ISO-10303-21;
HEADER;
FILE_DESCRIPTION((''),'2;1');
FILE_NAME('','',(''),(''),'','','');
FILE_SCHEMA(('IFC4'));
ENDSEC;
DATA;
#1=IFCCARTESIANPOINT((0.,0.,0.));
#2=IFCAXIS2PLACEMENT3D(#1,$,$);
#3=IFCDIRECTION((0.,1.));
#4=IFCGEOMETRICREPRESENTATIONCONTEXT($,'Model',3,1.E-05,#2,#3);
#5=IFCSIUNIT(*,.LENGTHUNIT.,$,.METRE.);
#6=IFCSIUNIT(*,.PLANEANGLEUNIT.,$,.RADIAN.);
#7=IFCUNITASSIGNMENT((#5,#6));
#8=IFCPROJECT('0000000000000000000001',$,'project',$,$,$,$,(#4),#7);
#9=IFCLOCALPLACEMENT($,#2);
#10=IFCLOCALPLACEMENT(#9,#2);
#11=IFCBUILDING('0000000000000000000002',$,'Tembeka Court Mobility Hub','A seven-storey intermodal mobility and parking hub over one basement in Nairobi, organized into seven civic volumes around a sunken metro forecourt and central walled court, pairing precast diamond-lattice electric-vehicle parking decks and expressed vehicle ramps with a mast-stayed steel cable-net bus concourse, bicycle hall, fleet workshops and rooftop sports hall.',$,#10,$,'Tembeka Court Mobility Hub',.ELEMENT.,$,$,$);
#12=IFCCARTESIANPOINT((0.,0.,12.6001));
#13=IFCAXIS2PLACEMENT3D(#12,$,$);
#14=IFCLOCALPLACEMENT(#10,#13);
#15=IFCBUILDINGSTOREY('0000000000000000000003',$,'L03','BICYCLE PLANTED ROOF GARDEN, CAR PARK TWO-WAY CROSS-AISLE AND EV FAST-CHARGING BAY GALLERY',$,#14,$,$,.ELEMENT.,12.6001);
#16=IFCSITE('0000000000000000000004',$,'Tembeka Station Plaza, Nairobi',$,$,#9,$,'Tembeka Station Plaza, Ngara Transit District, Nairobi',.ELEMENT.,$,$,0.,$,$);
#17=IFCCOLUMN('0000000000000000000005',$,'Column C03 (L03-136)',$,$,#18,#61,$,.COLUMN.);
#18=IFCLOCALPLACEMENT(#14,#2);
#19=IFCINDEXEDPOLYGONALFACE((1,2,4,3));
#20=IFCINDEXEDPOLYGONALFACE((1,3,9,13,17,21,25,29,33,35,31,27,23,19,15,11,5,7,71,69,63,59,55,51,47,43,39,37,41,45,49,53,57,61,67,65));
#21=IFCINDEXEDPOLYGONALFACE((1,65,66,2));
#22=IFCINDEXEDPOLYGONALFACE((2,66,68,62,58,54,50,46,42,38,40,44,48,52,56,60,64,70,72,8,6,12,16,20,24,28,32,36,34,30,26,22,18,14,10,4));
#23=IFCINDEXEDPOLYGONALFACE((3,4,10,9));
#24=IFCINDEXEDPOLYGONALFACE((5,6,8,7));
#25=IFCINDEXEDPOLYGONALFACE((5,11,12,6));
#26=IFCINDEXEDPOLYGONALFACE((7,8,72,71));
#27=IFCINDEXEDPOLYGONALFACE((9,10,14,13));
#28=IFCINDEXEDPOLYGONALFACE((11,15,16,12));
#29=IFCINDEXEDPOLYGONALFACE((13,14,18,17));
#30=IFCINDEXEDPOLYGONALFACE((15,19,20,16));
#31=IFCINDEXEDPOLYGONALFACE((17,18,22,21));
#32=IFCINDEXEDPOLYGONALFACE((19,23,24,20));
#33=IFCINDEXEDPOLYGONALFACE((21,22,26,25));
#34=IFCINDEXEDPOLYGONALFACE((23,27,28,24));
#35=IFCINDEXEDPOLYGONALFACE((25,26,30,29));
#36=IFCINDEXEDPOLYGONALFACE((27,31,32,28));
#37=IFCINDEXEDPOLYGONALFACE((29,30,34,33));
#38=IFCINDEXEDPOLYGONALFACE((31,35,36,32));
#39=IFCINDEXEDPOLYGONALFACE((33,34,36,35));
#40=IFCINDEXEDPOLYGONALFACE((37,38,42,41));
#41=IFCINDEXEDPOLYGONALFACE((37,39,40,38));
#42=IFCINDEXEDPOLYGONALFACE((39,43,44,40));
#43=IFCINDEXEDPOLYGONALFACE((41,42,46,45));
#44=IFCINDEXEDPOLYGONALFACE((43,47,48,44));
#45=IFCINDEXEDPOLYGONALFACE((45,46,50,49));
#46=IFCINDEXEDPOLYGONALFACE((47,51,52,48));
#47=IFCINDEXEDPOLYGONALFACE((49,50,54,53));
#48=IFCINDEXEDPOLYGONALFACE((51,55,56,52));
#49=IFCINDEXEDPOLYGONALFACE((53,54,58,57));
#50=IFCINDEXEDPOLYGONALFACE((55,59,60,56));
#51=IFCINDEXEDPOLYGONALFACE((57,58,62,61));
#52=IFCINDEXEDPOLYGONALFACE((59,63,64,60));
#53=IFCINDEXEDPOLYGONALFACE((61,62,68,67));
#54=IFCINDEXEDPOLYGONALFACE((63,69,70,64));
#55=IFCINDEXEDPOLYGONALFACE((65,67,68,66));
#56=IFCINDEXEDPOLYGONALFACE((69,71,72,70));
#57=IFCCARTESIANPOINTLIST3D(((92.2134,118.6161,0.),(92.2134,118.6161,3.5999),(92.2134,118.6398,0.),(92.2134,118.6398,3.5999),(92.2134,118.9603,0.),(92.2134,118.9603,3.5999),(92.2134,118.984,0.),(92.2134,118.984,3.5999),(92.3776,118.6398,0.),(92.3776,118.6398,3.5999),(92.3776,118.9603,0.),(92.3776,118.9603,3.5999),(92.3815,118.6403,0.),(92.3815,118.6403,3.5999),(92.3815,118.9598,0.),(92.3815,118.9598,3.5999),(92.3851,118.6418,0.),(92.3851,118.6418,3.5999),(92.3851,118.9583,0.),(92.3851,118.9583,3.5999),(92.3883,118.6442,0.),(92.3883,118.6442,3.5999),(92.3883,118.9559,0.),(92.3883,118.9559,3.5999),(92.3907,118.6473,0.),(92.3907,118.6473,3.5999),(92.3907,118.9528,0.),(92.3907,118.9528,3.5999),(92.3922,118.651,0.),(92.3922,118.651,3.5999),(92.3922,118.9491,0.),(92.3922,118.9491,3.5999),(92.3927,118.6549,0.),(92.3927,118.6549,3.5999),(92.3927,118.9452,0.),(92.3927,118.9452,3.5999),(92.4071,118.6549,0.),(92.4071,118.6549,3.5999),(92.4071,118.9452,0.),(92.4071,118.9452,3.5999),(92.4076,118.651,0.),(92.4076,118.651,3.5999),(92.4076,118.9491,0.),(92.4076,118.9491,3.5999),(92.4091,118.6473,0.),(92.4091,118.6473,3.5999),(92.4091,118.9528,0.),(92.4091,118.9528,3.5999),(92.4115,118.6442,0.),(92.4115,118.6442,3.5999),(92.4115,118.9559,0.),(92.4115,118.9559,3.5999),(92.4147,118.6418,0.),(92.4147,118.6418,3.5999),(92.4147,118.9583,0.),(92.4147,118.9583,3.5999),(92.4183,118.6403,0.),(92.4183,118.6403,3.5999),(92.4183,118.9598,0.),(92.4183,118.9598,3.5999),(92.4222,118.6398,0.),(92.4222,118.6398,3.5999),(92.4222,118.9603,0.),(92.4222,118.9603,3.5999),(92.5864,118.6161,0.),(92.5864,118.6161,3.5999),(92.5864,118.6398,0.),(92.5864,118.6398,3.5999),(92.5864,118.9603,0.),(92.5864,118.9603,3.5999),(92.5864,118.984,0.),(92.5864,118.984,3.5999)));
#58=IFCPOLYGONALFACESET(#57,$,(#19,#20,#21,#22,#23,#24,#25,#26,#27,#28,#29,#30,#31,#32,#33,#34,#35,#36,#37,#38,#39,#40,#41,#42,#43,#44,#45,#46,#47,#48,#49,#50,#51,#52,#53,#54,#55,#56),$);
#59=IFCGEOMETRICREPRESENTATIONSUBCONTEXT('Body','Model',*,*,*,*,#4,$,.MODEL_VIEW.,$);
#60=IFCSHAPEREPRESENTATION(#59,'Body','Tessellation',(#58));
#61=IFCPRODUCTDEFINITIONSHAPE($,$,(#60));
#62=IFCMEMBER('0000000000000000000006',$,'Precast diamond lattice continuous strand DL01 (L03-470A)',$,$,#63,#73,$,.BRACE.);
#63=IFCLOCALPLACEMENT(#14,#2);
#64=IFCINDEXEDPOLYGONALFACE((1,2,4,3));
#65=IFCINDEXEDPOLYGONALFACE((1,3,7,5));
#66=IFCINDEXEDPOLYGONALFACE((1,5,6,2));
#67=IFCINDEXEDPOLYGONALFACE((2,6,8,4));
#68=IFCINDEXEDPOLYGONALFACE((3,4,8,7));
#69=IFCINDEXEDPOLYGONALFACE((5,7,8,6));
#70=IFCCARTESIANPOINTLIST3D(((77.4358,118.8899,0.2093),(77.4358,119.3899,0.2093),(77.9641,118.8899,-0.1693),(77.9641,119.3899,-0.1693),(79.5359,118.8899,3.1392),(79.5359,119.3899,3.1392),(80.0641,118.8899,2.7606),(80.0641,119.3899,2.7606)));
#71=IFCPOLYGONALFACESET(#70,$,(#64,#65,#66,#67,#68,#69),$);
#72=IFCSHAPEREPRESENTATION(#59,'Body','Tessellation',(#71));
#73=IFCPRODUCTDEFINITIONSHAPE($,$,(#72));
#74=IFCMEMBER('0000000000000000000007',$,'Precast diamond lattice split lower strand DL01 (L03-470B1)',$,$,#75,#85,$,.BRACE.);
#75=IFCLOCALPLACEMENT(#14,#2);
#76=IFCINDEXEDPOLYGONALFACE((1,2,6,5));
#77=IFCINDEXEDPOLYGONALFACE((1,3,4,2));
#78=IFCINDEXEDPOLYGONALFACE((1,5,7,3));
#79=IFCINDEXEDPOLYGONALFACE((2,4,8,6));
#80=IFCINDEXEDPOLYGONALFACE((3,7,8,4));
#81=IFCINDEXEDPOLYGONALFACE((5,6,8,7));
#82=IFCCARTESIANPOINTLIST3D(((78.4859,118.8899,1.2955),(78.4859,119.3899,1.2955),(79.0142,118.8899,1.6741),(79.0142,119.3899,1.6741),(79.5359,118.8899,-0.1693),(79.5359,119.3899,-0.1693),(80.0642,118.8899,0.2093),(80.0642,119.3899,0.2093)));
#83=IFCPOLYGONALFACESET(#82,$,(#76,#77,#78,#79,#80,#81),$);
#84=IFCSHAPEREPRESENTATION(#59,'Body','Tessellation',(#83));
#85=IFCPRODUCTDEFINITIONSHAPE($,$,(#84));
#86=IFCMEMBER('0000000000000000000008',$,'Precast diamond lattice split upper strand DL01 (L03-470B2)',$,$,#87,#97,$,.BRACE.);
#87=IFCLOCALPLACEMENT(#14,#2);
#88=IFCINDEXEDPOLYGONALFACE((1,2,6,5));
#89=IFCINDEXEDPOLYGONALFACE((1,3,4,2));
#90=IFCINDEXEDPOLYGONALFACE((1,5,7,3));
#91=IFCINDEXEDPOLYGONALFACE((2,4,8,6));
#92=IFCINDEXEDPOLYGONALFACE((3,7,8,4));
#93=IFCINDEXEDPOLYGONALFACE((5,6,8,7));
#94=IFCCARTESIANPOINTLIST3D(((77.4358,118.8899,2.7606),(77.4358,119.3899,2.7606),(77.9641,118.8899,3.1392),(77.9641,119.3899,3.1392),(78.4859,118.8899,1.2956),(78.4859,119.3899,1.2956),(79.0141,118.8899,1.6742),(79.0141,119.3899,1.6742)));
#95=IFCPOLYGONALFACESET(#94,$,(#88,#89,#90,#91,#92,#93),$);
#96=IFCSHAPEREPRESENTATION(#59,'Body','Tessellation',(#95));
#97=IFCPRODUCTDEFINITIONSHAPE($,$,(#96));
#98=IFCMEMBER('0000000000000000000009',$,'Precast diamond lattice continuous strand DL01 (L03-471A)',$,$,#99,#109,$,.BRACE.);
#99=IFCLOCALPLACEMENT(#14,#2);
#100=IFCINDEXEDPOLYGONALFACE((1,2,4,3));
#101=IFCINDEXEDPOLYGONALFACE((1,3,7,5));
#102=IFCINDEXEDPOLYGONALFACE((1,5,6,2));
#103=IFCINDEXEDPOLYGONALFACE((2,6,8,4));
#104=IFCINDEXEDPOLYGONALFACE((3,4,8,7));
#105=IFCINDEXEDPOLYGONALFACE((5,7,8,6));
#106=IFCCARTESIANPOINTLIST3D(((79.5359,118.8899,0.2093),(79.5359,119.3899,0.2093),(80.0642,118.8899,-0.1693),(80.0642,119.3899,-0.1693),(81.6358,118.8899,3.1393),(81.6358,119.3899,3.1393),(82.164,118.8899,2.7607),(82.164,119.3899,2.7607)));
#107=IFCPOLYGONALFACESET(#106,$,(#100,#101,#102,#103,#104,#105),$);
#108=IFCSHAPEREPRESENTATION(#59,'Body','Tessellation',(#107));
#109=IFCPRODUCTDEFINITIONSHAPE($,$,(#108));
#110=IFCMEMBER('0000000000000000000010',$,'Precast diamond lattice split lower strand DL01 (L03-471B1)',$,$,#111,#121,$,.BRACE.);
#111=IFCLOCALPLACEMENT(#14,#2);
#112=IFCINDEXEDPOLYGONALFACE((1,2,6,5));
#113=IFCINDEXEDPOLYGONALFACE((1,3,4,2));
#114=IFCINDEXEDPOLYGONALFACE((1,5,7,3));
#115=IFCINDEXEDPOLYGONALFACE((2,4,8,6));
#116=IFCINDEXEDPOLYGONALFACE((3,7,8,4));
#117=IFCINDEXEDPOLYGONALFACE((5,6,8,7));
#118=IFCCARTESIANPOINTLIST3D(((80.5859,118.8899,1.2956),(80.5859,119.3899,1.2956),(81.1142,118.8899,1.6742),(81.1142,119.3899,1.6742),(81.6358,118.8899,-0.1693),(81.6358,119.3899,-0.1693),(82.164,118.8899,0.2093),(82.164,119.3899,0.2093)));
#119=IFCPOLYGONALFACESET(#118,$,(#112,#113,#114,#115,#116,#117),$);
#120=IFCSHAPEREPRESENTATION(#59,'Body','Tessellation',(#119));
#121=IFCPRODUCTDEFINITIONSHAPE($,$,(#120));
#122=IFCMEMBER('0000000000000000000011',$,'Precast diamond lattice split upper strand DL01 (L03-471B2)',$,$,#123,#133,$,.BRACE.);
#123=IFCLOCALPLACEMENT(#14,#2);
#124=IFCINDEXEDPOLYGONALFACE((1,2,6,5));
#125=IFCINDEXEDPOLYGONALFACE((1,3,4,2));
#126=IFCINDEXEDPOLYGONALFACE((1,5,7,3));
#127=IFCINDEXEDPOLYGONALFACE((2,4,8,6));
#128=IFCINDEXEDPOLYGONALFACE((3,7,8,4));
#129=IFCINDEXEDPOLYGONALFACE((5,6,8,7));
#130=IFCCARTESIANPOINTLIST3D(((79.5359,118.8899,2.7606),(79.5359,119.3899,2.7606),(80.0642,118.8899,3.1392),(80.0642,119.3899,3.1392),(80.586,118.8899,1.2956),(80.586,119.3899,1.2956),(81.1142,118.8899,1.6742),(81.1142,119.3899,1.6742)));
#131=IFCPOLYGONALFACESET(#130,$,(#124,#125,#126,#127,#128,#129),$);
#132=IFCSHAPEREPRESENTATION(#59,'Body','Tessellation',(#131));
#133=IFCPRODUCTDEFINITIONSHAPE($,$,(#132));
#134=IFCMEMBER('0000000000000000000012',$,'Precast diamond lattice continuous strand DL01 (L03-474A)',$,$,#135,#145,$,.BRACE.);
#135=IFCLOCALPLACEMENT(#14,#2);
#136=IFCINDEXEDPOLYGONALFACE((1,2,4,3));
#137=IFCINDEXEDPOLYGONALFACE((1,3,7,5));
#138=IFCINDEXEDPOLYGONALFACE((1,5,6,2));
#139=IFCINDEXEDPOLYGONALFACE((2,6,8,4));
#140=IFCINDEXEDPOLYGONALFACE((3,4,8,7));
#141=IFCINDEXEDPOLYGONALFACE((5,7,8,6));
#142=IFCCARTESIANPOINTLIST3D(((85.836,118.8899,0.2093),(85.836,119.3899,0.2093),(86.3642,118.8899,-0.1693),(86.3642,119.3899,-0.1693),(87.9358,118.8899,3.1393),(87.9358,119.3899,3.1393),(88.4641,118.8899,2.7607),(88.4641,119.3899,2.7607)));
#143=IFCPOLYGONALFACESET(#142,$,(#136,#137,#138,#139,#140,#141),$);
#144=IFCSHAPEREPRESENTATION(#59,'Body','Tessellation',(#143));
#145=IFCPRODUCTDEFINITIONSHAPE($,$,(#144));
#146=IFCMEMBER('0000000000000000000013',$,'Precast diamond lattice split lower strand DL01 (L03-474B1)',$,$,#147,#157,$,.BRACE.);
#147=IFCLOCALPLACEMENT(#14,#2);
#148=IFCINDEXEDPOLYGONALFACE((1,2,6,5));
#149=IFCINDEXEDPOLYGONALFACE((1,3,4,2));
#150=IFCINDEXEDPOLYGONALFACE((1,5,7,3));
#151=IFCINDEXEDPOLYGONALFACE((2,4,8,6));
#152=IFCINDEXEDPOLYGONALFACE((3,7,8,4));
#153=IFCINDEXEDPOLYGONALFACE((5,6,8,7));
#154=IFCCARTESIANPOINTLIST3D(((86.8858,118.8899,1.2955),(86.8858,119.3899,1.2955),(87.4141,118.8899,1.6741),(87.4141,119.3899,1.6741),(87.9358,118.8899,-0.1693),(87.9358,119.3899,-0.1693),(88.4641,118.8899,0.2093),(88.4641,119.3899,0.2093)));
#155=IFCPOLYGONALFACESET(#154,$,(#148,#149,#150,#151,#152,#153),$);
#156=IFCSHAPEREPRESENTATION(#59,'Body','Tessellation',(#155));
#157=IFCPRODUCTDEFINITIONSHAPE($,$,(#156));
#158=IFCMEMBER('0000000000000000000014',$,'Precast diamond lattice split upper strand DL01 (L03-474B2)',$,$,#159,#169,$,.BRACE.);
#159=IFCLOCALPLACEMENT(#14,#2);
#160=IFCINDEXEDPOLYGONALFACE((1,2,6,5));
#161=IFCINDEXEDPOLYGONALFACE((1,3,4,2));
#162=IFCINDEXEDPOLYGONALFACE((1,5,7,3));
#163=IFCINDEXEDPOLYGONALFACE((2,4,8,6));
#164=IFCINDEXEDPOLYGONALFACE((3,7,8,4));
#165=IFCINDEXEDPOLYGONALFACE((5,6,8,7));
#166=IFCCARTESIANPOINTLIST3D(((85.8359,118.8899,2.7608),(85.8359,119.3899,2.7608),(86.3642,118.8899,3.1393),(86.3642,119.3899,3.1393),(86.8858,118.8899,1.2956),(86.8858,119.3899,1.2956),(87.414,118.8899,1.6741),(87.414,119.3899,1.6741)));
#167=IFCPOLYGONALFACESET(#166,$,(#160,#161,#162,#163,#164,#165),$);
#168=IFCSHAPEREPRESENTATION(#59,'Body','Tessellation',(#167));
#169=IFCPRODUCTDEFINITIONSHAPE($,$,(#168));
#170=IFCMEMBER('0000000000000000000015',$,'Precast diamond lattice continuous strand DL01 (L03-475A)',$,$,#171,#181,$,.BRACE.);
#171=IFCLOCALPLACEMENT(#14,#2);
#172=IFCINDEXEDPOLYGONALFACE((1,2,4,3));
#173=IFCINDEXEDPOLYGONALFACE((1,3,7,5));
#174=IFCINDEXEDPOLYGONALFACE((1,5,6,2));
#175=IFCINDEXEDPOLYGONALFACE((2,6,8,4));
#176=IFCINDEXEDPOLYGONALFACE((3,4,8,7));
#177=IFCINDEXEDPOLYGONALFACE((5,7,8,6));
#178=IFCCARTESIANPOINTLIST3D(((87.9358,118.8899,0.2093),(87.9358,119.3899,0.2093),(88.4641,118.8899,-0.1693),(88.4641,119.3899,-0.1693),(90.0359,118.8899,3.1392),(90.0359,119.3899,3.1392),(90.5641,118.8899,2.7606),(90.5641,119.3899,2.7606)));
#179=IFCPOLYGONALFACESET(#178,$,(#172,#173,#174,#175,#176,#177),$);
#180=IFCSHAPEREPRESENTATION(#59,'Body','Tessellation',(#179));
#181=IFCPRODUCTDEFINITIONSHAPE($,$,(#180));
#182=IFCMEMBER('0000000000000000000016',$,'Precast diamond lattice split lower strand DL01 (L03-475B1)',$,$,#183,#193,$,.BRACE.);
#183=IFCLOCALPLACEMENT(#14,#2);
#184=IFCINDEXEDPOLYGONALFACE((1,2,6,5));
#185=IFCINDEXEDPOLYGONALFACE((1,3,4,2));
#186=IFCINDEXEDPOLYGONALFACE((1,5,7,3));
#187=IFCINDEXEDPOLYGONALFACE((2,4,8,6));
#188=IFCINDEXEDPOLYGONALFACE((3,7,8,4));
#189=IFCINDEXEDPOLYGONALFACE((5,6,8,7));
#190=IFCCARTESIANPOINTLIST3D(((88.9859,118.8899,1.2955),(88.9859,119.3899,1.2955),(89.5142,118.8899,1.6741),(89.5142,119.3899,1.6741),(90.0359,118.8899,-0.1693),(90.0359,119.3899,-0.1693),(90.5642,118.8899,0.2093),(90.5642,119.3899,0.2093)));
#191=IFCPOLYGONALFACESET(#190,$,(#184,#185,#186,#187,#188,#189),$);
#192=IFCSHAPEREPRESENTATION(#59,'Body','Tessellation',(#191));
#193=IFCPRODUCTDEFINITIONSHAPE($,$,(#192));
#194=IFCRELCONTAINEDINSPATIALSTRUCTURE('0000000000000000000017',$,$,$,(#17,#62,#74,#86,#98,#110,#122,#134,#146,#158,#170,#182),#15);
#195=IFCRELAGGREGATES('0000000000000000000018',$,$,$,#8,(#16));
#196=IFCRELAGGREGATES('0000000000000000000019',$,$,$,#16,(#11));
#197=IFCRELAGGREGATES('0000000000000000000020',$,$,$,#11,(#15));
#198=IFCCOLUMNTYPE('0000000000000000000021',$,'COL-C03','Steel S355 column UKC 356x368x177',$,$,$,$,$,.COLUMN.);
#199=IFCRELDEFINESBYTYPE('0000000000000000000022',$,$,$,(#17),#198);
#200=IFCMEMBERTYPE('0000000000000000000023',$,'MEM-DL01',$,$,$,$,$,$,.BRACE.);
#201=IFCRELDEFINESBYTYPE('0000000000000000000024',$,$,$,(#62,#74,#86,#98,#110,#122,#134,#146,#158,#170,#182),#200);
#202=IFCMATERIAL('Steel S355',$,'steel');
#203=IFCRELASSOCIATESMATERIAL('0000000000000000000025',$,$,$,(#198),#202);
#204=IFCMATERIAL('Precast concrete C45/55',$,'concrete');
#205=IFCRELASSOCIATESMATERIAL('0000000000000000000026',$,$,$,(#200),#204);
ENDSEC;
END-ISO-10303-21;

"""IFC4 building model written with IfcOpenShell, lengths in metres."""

from ifc_helpers import new_model, si_unit, direction, frame, origin, origin_2d, place, context, subcontext, project, spatial, rectangle, i_section, extrude, material, material_profile, profile_set, type_object, element, save


model = new_model("IFC4")

# Units and contexts
model_context = context("Model", 3, precision=1e-05, world=origin(), true_north=direction((0.0, 1.0)))
body_context = subcontext(model_context, "Body", "Model", "MODEL_VIEW")
ifc_project = project(units=[si_unit("LENGTHUNIT", "METRE"), si_unit("PLANEANGLEUNIT", "RADIAN")], contexts=[model_context])

# Site, building, storey
site_placement = place(None, origin())
site = spatial("IfcSite", under=ifc_project, at=site_placement, Name="Tembeka Station Plaza, Nairobi", LongName="Tembeka Station Plaza, Ngara Transit District, Nairobi", CompositionType="ELEMENT", RefElevation=0.0)
building_placement = place(site_placement, origin())
building = spatial("IfcBuilding", under=site, at=building_placement, Name="Tembeka Court Mobility Hub", Description="A seven-storey intermodal mobility and parking hub over one basement in Nairobi, organized into seven civic volumes around a sunken metro forecourt and central walled court, pairing precast diamond-lattice electric-vehicle parking decks and expressed vehicle ramps with a mast-stayed steel cable-net bus concourse, bicycle hall, fleet workshops and rooftop sports hall.", LongName="Tembeka Court Mobility Hub", CompositionType="ELEMENT")
storey_placement = place(building_placement, frame((0.0, 0.0, 12.6001)))
storey = spatial("IfcBuildingStorey", under=building, at=storey_placement, Name="L03", Description="BICYCLE PLANTED ROOF GARDEN, CAR PARK TWO-WAY CROSS-AISLE AND EV FAST-CHARGING BAY GALLERY", CompositionType="ELEMENT", Elevation=12.6001)

# Column
ifc_material_1 = material(Name="Steel S355", Category="steel")
ifc_material_profile_1 = material_profile(ifc_material_1, i_section(OverallWidth=0.373, OverallDepth=0.3679, WebThickness=0.0144, FlangeThickness=0.0237, FilletRadius=0.0151, at=origin_2d()), Name="UKC 356x368x177")
ifc_profile_set_1 = profile_set([ifc_material_profile_1], Name="Steel S355")
column_type = type_object("IfcColumnType", Name="COL-C03", Description="Steel S355 column UKC 356x368x177", PredefinedType="COLUMN", material=ifc_profile_set_1)
column_placement = place(storey_placement, frame((92.3999, 118.8, 0.0), z_axis=(0.0, 0.0, 1.0), x_axis=(1.0, 0.0, 0.0)))
element("IfcColumn", 1, at=column_placement, inside=storey, type_object=column_type, Name="Column C03 (L03-136)", PredefinedType="COLUMN", context=body_context, shape_type="SweptSolid", body=[
    extrude(i_section(OverallWidth=0.373, OverallDepth=0.3679, WebThickness=0.0144, FlangeThickness=0.0237, FilletRadius=0.0151, at=origin_2d()), origin(), (0.0, 0.0, 1.0), 3.5999),
])

# Members
ifc_material_2 = material(Name="Precast concrete C45/55", Category="concrete")
ifc_material_profile_2 = material_profile(ifc_material_2, rectangle(XDim=0.5, YDim=0.6499, at=origin_2d()), Name="PC-DIAG 500x650")
ifc_profile_set_2 = profile_set([ifc_material_profile_2], Name="Precast concrete C45/55")
member_type_1 = type_object("IfcMemberType", Name="MEM-DL01", PredefinedType="BRACE", material=ifc_profile_set_2)
member_1_placement = place(storey_placement, frame((77.7, 119.1399, 0.02), z_axis=(0.582576, 0.0, 0.812776), x_axis=(0.0, 1.0, 0.0)))
element("IfcMember", 2, at=member_1_placement, inside=storey, type_object=member_type_1, Name="Precast diamond lattice continuous strand DL01 (L03-470A)", PredefinedType="BRACE", context=body_context, shape_type="SweptSolid", body=[
    extrude(rectangle(XDim=0.5, YDim=0.6499, at=origin_2d()), origin(), (0.0, 0.0, 1.0), 3.6047),
])
member_2_placement = place(storey_placement, frame((79.8, 119.1399, 0.02), z_axis=(-0.582608, 0.0, 0.812753), x_axis=(0.0, -1.0, 0.0)))
element("IfcMember", 3, at=member_2_placement, inside=storey, type_object=member_type_1, Name="Precast diamond lattice split lower strand DL01 (L03-470B1)", PredefinedType="BRACE", context=body_context, shape_type="SweptSolid", body=[
    extrude(rectangle(XDim=0.5, YDim=0.6499, at=origin_2d()), origin(), (0.0, 0.0, 1.0), 1.8022),
])
member_3_placement = place(storey_placement, frame((78.75, 119.1399, 1.4849), z_axis=(-0.582544, 0.0, 0.812799), x_axis=(0.0, -1.0, 0.0)))
element("IfcMember", 4, at=member_3_placement, inside=storey, type_object=member_type_1, Name="Precast diamond lattice split upper strand DL01 (L03-470B2)", PredefinedType="BRACE", context=body_context, shape_type="SweptSolid", body=[
    extrude(rectangle(XDim=0.5, YDim=0.6499, at=origin_2d()), origin(), (0.0, 0.0, 1.0), 1.8025),
])
member_4_placement = place(storey_placement, frame((79.8, 119.1399, 0.02), z_axis=(0.582532, 0.0, 0.812808), x_axis=(0.0, 1.0, 0.0)))
element("IfcMember", 5, at=member_4_placement, inside=storey, type_object=member_type_1, Name="Precast diamond lattice continuous strand DL01 (L03-471A)", PredefinedType="BRACE", context=body_context, shape_type="SweptSolid", body=[
    extrude(rectangle(XDim=0.5, YDim=0.6499, at=origin_2d()), origin(), (0.0, 0.0, 1.0), 3.6047),
])
member_5_placement = place(storey_placement, frame((81.8999, 119.1399, 0.02), z_axis=(-0.582519, 0.0, 0.812817), x_axis=(0.0, -1.0, 0.0)))
element("IfcMember", 6, at=member_5_placement, inside=storey, type_object=member_type_1, Name="Precast diamond lattice split lower strand DL01 (L03-471B1)", PredefinedType="BRACE", context=body_context, shape_type="SweptSolid", body=[
    extrude(rectangle(XDim=0.5, YDim=0.6499, at=origin_2d()), origin(), (0.0, 0.0, 1.0), 1.8022),
])
member_6_placement = place(storey_placement, frame((80.8501, 119.1399, 1.4849), z_axis=(-0.582544, 0.0, 0.812799), x_axis=(0.0, -1.0, 0.0)))
element("IfcMember", 7, at=member_6_placement, inside=storey, type_object=member_type_1, Name="Precast diamond lattice split upper strand DL01 (L03-471B2)", PredefinedType="BRACE", context=body_context, shape_type="SweptSolid", body=[
    extrude(rectangle(XDim=0.5, YDim=0.6499, at=origin_2d()), origin(), (0.0, 0.0, 1.0), 1.8025),
])
member_7_placement = place(storey_placement, frame((86.1001, 119.1399, 0.02), z_axis=(0.582532, 0.0, 0.812808), x_axis=(0.0, 1.0, 0.0)))
element("IfcMember", 8, at=member_7_placement, inside=storey, type_object=member_type_1, Name="Precast diamond lattice continuous strand DL01 (L03-474A)", PredefinedType="BRACE", context=body_context, shape_type="SweptSolid", body=[
    extrude(rectangle(XDim=0.5, YDim=0.6499, at=origin_2d()), origin(), (0.0, 0.0, 1.0), 3.6047),
])
member_8_placement = place(storey_placement, frame((88.2, 119.1399, 0.02), z_axis=(-0.582608, 0.0, 0.812753), x_axis=(0.0, -1.0, 0.0)))
element("IfcMember", 9, at=member_8_placement, inside=storey, type_object=member_type_1, Name="Precast diamond lattice split lower strand DL01 (L03-474B1)", PredefinedType="BRACE", context=body_context, shape_type="SweptSolid", body=[
    extrude(rectangle(XDim=0.5, YDim=0.6499, at=origin_2d()), origin(), (0.0, 0.0, 1.0), 1.8022),
])
member_9_placement = place(storey_placement, frame((87.1499, 119.1399, 1.4849), z_axis=(-0.582455, 0.0, 0.812863), x_axis=(0.0, -1.0, 0.0)))
element("IfcMember", 10, at=member_9_placement, inside=storey, type_object=member_type_1, Name="Precast diamond lattice split upper strand DL01 (L03-474B2)", PredefinedType="BRACE", context=body_context, shape_type="SweptSolid", body=[
    extrude(rectangle(XDim=0.5, YDim=0.6499, at=origin_2d()), origin(), (0.0, 0.0, 1.0), 1.8025),
])
member_10_placement = place(storey_placement, frame((88.2, 119.1399, 0.02), z_axis=(0.582576, 0.0, 0.812776), x_axis=(0.0, 1.0, 0.0)))
element("IfcMember", 11, at=member_10_placement, inside=storey, type_object=member_type_1, Name="Precast diamond lattice continuous strand DL01 (L03-475A)", PredefinedType="BRACE", context=body_context, shape_type="SweptSolid", body=[
    extrude(rectangle(XDim=0.5, YDim=0.6499, at=origin_2d()), origin(), (0.0, 0.0, 1.0), 3.6047),
])
member_11_placement = place(storey_placement, frame((90.3, 119.1399, 0.02), z_axis=(-0.582608, 0.0, 0.812753), x_axis=(0.0, -1.0, 0.0)))
element("IfcMember", 12, at=member_11_placement, inside=storey, type_object=member_type_1, Name="Precast diamond lattice split lower strand DL01 (L03-475B1)", PredefinedType="BRACE", context=body_context, shape_type="SweptSolid", body=[
    extrude(rectangle(XDim=0.5, YDim=0.6499, at=origin_2d()), origin(), (0.0, 0.0, 1.0), 1.8022),
])

save(model, "model.ifc")
